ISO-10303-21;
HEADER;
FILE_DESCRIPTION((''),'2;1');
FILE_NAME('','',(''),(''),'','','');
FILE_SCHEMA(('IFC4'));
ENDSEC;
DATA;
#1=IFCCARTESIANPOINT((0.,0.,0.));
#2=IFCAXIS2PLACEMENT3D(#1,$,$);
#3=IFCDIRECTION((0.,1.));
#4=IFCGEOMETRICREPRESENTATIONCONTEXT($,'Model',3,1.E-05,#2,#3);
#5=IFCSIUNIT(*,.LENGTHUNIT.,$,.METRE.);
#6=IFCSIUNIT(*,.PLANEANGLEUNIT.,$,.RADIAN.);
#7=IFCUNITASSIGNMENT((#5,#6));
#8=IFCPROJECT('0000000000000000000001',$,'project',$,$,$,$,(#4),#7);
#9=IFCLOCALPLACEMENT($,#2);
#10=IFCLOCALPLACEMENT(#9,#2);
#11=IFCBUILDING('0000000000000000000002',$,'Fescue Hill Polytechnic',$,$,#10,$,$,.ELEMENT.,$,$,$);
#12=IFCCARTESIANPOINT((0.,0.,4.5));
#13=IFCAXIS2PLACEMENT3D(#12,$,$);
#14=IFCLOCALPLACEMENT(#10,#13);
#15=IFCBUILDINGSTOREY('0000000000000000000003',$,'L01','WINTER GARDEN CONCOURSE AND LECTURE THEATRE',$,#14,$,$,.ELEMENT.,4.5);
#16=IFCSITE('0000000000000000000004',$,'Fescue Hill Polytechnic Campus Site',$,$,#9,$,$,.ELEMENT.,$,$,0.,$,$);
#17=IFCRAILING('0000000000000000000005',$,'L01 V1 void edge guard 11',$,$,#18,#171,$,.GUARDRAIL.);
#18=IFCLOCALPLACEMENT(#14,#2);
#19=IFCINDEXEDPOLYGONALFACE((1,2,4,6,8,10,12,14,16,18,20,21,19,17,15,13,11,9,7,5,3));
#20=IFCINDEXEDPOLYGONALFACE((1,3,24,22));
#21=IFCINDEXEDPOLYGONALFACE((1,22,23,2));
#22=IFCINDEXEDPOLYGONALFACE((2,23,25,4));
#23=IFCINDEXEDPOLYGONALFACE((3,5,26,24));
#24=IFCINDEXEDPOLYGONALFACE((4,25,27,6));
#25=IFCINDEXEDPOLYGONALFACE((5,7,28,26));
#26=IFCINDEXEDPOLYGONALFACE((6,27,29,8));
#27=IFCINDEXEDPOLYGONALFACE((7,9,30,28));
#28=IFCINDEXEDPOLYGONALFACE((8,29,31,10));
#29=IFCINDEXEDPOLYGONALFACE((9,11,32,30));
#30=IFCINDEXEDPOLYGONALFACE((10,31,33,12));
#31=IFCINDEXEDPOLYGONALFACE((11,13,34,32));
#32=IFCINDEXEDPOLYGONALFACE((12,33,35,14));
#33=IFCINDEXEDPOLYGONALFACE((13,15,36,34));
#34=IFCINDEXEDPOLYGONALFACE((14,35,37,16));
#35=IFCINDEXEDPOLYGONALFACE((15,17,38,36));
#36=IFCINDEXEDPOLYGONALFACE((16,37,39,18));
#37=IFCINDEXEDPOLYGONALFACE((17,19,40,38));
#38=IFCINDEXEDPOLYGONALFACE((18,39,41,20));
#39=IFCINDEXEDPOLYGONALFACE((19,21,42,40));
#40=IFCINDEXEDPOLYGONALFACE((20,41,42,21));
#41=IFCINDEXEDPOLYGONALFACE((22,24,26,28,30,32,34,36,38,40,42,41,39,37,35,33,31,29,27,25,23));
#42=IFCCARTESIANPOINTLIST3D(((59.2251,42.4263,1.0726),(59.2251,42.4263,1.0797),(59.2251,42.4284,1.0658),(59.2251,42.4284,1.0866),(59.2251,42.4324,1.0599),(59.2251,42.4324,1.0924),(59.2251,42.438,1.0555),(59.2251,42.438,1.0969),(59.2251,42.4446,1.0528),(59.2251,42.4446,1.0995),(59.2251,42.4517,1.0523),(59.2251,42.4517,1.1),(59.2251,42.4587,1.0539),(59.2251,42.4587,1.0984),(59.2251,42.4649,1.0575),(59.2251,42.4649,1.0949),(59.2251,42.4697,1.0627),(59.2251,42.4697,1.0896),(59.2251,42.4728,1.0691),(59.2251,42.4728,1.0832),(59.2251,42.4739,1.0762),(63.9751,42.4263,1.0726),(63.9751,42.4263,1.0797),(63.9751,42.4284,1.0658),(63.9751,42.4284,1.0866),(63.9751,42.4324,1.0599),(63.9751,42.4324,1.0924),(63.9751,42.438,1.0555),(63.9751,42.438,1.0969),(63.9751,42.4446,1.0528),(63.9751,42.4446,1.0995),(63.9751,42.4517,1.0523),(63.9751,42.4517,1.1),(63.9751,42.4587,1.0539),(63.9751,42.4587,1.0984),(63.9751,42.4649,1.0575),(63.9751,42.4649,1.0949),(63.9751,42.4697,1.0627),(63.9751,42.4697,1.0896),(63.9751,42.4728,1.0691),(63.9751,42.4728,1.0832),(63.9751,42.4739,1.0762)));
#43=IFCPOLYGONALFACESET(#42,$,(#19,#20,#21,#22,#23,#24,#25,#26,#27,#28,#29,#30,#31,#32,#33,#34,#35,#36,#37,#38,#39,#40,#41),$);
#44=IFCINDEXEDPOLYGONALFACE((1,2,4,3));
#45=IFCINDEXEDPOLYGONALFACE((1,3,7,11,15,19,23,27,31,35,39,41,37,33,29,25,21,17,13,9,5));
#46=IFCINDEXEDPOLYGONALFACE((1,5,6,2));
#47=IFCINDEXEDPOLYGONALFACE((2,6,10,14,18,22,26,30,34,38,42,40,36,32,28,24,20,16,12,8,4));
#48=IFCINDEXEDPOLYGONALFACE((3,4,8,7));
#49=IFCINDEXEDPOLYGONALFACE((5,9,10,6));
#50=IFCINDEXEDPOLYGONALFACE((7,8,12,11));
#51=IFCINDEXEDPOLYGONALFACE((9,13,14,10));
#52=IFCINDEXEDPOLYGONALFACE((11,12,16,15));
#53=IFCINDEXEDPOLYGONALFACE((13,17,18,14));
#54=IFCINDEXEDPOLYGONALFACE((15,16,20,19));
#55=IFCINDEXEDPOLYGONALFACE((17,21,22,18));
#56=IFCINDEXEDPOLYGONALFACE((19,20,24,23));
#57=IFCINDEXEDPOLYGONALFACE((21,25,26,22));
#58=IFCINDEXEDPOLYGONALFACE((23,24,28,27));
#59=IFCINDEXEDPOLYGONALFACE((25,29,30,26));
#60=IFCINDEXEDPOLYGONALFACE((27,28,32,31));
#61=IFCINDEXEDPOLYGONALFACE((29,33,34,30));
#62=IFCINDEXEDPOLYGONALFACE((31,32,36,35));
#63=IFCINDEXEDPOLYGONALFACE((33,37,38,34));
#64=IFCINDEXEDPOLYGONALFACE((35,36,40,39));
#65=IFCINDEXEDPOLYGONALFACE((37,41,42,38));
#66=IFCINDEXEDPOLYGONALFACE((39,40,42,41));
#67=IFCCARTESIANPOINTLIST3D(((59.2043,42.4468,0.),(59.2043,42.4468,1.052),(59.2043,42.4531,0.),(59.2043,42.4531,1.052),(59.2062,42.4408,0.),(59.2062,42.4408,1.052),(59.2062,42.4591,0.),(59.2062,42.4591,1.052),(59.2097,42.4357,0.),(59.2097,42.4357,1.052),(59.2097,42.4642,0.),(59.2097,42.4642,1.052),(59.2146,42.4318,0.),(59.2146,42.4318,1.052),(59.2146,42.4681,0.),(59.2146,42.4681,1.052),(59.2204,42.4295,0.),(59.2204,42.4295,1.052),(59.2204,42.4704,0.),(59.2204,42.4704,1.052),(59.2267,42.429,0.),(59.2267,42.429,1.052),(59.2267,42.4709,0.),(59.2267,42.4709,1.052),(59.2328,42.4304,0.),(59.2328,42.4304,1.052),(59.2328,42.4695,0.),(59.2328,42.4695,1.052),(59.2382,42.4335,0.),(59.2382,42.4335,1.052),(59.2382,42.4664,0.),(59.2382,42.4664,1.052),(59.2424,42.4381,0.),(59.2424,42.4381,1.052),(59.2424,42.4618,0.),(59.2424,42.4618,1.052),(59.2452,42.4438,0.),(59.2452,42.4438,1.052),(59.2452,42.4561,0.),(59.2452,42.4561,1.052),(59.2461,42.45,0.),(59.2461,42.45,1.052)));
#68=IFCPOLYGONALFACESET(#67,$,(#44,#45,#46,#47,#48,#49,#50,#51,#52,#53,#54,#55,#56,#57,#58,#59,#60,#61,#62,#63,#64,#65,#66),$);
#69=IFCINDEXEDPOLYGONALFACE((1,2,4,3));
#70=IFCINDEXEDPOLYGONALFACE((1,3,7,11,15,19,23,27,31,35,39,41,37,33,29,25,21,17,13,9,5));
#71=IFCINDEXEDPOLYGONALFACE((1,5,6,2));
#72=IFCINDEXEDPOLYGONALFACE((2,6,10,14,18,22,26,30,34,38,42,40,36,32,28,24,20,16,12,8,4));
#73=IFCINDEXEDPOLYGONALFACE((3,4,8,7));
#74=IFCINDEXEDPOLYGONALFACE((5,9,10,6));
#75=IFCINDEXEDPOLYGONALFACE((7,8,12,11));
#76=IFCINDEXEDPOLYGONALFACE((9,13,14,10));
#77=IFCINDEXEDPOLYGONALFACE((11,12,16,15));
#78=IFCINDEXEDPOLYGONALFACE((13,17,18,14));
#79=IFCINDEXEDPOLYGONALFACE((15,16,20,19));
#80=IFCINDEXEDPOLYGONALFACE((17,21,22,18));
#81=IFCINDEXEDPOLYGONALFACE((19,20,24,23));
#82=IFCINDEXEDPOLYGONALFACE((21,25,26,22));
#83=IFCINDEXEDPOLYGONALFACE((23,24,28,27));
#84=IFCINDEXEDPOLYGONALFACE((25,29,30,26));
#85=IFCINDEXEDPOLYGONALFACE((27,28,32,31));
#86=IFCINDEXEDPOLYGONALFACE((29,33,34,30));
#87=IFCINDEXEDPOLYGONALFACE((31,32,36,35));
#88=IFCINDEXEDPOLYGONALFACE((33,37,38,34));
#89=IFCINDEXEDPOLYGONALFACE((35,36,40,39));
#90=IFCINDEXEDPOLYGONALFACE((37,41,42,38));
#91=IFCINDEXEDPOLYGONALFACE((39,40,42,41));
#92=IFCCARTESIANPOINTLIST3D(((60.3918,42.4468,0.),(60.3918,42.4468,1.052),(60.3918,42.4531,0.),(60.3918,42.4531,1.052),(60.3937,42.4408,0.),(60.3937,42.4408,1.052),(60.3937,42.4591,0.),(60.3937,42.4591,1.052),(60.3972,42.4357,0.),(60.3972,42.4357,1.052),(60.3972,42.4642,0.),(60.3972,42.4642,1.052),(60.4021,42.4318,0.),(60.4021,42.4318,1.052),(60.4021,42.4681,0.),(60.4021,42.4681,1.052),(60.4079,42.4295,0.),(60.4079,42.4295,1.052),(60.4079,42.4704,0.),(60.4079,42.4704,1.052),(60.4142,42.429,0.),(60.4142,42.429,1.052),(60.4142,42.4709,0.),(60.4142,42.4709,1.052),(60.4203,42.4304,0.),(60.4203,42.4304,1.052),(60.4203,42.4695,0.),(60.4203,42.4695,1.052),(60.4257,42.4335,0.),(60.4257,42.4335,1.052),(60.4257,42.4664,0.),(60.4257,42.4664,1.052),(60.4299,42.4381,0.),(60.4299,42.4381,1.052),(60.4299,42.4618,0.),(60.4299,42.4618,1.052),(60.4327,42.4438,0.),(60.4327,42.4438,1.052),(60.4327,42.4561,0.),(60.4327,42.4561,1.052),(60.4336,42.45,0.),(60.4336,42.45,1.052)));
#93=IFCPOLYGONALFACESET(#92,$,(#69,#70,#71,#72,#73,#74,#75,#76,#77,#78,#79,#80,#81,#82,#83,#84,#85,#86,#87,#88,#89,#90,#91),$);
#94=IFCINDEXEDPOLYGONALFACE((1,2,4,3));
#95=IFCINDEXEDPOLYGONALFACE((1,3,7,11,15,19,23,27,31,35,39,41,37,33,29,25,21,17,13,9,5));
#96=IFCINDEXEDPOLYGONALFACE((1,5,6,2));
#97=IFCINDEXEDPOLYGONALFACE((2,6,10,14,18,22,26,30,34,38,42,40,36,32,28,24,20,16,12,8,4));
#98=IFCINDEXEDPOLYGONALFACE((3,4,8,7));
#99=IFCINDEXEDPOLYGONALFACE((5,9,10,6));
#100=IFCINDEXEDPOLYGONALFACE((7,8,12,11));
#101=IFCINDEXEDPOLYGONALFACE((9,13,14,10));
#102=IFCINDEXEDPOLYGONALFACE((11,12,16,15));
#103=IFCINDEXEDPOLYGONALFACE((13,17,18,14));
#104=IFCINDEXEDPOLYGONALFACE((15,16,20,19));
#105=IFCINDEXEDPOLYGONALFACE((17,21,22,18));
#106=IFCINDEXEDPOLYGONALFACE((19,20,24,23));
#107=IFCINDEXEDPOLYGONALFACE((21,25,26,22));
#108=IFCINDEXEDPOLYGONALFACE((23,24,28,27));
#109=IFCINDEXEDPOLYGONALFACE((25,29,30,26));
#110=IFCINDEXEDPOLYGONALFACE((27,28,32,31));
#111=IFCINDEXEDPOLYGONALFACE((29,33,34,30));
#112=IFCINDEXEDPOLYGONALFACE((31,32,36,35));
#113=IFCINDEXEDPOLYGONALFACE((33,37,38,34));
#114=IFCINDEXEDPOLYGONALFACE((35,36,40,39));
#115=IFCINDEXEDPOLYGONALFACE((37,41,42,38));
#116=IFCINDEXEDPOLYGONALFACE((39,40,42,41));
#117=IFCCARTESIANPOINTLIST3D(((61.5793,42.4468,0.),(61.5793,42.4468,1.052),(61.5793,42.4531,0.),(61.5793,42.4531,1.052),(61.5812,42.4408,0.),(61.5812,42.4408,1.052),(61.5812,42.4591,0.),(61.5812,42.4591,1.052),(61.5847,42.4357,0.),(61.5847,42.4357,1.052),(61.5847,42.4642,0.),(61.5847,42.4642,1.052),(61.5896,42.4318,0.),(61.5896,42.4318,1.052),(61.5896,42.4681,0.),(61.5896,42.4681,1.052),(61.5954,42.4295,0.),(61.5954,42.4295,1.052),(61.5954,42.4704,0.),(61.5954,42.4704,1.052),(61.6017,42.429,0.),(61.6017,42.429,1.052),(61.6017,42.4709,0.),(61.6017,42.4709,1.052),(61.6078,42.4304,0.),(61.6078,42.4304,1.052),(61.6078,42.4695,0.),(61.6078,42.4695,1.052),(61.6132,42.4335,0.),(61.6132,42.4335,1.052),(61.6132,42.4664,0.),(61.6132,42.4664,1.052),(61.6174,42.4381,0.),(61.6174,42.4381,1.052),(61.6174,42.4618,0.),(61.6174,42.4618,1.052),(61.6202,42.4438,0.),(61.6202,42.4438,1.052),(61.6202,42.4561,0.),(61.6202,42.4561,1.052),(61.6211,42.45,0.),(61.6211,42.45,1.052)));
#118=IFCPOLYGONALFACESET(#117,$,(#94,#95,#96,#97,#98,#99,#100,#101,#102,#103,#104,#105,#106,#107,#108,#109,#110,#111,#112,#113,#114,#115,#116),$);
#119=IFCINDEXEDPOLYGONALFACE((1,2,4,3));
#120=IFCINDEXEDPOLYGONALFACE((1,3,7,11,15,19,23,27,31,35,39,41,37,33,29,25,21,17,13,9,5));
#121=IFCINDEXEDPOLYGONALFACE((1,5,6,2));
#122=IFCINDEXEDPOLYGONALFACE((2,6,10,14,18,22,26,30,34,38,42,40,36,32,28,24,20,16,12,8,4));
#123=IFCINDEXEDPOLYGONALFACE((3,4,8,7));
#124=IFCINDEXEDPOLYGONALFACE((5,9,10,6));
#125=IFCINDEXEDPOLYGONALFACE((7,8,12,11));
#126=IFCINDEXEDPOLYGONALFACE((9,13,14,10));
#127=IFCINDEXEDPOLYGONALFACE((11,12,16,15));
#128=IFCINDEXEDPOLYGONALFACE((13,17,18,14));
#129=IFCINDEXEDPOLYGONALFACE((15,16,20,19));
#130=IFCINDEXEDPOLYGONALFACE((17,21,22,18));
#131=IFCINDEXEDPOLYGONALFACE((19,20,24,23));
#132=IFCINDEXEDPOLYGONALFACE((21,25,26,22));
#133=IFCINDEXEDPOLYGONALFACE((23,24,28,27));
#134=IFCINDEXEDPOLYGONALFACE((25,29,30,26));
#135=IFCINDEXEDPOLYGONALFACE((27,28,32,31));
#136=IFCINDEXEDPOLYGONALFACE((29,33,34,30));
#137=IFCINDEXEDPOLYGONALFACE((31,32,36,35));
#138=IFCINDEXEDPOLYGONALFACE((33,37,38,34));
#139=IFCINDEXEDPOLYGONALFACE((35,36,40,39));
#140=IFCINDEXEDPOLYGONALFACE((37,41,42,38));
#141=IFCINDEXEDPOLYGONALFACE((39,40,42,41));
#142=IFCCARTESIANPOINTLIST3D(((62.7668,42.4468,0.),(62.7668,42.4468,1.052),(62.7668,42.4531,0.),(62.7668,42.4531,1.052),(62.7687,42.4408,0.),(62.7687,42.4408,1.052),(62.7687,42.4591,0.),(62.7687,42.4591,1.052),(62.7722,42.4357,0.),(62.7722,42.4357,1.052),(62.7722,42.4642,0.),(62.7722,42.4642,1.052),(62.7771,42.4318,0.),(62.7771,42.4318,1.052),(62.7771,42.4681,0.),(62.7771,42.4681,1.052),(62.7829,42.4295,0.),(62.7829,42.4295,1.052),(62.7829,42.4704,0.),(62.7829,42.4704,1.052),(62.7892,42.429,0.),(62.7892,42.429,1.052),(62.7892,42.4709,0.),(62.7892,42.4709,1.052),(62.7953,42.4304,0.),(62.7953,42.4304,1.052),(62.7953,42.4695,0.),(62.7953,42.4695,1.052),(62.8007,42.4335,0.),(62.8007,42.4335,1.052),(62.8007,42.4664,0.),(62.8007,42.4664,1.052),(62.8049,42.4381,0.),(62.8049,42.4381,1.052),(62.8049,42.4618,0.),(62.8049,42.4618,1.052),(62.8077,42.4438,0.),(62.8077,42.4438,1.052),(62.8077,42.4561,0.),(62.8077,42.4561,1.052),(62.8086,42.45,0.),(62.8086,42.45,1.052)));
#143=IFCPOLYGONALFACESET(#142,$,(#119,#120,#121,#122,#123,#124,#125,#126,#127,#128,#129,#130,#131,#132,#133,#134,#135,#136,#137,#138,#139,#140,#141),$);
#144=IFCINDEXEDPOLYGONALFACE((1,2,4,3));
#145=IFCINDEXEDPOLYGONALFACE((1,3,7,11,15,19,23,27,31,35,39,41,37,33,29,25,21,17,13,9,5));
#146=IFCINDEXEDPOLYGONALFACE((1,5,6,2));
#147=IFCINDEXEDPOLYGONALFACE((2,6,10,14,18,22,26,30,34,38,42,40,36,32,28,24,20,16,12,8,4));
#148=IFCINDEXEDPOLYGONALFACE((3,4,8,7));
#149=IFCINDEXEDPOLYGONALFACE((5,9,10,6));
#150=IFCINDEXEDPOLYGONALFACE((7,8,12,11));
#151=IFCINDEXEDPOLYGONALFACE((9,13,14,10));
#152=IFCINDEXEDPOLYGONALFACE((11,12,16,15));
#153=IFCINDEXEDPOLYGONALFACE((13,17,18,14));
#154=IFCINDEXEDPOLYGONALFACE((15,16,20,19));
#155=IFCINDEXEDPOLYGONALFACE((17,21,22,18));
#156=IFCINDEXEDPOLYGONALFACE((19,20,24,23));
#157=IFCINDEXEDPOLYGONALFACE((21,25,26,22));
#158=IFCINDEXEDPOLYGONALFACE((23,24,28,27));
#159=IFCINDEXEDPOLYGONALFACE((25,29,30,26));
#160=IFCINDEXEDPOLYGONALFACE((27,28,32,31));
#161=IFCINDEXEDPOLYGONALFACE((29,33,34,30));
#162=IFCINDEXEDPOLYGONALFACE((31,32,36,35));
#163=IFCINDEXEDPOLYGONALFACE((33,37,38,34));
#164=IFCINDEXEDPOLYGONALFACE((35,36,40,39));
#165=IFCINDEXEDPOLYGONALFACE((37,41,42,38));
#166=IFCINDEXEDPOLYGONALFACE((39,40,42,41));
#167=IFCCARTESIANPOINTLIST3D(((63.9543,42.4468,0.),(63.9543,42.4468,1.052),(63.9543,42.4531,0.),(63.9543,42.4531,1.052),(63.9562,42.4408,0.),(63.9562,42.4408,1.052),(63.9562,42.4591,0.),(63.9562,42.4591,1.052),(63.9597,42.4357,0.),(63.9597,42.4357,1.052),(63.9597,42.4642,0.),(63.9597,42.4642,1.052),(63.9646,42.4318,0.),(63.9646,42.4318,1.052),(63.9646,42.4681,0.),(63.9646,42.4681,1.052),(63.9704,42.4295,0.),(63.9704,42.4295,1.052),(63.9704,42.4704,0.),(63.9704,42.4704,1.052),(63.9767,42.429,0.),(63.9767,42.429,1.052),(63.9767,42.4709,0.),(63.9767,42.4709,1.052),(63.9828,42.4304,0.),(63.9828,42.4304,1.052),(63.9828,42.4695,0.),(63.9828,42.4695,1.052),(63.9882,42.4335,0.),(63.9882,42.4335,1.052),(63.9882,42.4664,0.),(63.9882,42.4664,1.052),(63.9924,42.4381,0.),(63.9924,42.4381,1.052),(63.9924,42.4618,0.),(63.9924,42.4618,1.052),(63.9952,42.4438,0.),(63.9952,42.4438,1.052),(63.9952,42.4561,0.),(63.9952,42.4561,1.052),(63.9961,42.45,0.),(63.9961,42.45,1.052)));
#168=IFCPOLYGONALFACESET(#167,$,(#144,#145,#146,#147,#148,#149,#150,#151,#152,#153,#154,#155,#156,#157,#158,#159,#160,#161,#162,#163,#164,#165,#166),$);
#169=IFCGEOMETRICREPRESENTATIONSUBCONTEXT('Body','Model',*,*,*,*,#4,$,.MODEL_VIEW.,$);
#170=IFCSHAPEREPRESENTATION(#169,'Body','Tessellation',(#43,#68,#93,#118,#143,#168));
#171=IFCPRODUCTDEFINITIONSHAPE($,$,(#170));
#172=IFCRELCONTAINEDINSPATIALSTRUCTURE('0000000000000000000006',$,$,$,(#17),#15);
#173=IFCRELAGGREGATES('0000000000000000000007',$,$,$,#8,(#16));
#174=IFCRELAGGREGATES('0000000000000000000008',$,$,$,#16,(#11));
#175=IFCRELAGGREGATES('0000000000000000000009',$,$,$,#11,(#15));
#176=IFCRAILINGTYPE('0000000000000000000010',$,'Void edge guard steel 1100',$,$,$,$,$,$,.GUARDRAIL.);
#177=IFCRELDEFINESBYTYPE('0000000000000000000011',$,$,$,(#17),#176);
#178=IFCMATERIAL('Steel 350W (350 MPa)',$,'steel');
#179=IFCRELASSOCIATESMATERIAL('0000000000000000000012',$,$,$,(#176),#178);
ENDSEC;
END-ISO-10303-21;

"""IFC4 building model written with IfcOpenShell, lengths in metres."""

from ifc_helpers import new_model, si_unit, direction, frame, origin, origin_2d, place, context, subcontext, project, spatial, circle, extrude, material, type_object, element, save


model = new_model("IFC4")

# Units and contexts
model_context = context("Model", 3, precision=1e-05, world=origin(), true_north=direction((0.0, 1.0)))
body_context = subcontext(model_context, "Body", "Model", "MODEL_VIEW")
ifc_project = project(units=[si_unit("LENGTHUNIT", "METRE"), si_unit("PLANEANGLEUNIT", "RADIAN")], contexts=[model_context])

# Site, building, storey
site_placement = place(None, origin())
site = spatial("IfcSite", under=ifc_project, at=site_placement, Name="Fescue Hill Polytechnic Campus Site", CompositionType="ELEMENT", RefElevation=0.0)
building_placement = place(site_placement, origin())
building = spatial("IfcBuilding", under=site, at=building_placement, Name="Fescue Hill Polytechnic", CompositionType="ELEMENT")
storey_placement = place(building_placement, frame((0.0, 0.0, 4.5)))
storey = spatial("IfcBuildingStorey", under=building, at=storey_placement, Name="L01", Description="WINTER GARDEN CONCOURSE AND LECTURE THEATRE", CompositionType="ELEMENT", Elevation=4.5)

# Shared definitions
ifc_material_1 = material(Name="Steel 350W (350 MPa)", Category="steel")

# Railing
railing_type_1 = type_object("IfcRailingType", Name="Void edge guard steel 1100", PredefinedType="GUARDRAIL", material=ifc_material_1)
railing_1_placement = place(storey_placement, frame((59.2251, 42.45, 0.0)))
element("IfcRailing", 1, at=railing_1_placement, inside=storey, type_object=railing_type_1, Name="L01 V1 void edge guard 11", PredefinedType="GUARDRAIL", context=body_context, shape_type="SweptSolid", body=[
    extrude(circle(Radius=0.0239, at=origin_2d()), frame((0.0, 0.0, 1.0762), z_axis=(1.0, 0.0, 0.0), x_axis=(0.0, 1.0, 0.0)), (0.0, 0.0, 1.0), 4.75),
    extrude(circle(Radius=0.021, at=origin_2d()), origin(), (0.0, 0.0, 1.0), 1.052),
    extrude(circle(Radius=0.021, at=origin_2d()), frame((1.1875, 0.0, 0.0)), (0.0, 0.0, 1.0), 1.052),
    extrude(circle(Radius=0.021, at=origin_2d()), frame((2.375, 0.0, 0.0)), (0.0, 0.0, 1.0), 1.052),
    extrude(circle(Radius=0.021, at=origin_2d()), frame((3.5625, 0.0, 0.0)), (0.0, 0.0, 1.0), 1.052),
    extrude(circle(Radius=0.021, at=origin_2d()), frame((4.75, 0.0, 0.0)), (0.0, 0.0, 1.0), 1.052),
])

save(model, "model.ifc")
